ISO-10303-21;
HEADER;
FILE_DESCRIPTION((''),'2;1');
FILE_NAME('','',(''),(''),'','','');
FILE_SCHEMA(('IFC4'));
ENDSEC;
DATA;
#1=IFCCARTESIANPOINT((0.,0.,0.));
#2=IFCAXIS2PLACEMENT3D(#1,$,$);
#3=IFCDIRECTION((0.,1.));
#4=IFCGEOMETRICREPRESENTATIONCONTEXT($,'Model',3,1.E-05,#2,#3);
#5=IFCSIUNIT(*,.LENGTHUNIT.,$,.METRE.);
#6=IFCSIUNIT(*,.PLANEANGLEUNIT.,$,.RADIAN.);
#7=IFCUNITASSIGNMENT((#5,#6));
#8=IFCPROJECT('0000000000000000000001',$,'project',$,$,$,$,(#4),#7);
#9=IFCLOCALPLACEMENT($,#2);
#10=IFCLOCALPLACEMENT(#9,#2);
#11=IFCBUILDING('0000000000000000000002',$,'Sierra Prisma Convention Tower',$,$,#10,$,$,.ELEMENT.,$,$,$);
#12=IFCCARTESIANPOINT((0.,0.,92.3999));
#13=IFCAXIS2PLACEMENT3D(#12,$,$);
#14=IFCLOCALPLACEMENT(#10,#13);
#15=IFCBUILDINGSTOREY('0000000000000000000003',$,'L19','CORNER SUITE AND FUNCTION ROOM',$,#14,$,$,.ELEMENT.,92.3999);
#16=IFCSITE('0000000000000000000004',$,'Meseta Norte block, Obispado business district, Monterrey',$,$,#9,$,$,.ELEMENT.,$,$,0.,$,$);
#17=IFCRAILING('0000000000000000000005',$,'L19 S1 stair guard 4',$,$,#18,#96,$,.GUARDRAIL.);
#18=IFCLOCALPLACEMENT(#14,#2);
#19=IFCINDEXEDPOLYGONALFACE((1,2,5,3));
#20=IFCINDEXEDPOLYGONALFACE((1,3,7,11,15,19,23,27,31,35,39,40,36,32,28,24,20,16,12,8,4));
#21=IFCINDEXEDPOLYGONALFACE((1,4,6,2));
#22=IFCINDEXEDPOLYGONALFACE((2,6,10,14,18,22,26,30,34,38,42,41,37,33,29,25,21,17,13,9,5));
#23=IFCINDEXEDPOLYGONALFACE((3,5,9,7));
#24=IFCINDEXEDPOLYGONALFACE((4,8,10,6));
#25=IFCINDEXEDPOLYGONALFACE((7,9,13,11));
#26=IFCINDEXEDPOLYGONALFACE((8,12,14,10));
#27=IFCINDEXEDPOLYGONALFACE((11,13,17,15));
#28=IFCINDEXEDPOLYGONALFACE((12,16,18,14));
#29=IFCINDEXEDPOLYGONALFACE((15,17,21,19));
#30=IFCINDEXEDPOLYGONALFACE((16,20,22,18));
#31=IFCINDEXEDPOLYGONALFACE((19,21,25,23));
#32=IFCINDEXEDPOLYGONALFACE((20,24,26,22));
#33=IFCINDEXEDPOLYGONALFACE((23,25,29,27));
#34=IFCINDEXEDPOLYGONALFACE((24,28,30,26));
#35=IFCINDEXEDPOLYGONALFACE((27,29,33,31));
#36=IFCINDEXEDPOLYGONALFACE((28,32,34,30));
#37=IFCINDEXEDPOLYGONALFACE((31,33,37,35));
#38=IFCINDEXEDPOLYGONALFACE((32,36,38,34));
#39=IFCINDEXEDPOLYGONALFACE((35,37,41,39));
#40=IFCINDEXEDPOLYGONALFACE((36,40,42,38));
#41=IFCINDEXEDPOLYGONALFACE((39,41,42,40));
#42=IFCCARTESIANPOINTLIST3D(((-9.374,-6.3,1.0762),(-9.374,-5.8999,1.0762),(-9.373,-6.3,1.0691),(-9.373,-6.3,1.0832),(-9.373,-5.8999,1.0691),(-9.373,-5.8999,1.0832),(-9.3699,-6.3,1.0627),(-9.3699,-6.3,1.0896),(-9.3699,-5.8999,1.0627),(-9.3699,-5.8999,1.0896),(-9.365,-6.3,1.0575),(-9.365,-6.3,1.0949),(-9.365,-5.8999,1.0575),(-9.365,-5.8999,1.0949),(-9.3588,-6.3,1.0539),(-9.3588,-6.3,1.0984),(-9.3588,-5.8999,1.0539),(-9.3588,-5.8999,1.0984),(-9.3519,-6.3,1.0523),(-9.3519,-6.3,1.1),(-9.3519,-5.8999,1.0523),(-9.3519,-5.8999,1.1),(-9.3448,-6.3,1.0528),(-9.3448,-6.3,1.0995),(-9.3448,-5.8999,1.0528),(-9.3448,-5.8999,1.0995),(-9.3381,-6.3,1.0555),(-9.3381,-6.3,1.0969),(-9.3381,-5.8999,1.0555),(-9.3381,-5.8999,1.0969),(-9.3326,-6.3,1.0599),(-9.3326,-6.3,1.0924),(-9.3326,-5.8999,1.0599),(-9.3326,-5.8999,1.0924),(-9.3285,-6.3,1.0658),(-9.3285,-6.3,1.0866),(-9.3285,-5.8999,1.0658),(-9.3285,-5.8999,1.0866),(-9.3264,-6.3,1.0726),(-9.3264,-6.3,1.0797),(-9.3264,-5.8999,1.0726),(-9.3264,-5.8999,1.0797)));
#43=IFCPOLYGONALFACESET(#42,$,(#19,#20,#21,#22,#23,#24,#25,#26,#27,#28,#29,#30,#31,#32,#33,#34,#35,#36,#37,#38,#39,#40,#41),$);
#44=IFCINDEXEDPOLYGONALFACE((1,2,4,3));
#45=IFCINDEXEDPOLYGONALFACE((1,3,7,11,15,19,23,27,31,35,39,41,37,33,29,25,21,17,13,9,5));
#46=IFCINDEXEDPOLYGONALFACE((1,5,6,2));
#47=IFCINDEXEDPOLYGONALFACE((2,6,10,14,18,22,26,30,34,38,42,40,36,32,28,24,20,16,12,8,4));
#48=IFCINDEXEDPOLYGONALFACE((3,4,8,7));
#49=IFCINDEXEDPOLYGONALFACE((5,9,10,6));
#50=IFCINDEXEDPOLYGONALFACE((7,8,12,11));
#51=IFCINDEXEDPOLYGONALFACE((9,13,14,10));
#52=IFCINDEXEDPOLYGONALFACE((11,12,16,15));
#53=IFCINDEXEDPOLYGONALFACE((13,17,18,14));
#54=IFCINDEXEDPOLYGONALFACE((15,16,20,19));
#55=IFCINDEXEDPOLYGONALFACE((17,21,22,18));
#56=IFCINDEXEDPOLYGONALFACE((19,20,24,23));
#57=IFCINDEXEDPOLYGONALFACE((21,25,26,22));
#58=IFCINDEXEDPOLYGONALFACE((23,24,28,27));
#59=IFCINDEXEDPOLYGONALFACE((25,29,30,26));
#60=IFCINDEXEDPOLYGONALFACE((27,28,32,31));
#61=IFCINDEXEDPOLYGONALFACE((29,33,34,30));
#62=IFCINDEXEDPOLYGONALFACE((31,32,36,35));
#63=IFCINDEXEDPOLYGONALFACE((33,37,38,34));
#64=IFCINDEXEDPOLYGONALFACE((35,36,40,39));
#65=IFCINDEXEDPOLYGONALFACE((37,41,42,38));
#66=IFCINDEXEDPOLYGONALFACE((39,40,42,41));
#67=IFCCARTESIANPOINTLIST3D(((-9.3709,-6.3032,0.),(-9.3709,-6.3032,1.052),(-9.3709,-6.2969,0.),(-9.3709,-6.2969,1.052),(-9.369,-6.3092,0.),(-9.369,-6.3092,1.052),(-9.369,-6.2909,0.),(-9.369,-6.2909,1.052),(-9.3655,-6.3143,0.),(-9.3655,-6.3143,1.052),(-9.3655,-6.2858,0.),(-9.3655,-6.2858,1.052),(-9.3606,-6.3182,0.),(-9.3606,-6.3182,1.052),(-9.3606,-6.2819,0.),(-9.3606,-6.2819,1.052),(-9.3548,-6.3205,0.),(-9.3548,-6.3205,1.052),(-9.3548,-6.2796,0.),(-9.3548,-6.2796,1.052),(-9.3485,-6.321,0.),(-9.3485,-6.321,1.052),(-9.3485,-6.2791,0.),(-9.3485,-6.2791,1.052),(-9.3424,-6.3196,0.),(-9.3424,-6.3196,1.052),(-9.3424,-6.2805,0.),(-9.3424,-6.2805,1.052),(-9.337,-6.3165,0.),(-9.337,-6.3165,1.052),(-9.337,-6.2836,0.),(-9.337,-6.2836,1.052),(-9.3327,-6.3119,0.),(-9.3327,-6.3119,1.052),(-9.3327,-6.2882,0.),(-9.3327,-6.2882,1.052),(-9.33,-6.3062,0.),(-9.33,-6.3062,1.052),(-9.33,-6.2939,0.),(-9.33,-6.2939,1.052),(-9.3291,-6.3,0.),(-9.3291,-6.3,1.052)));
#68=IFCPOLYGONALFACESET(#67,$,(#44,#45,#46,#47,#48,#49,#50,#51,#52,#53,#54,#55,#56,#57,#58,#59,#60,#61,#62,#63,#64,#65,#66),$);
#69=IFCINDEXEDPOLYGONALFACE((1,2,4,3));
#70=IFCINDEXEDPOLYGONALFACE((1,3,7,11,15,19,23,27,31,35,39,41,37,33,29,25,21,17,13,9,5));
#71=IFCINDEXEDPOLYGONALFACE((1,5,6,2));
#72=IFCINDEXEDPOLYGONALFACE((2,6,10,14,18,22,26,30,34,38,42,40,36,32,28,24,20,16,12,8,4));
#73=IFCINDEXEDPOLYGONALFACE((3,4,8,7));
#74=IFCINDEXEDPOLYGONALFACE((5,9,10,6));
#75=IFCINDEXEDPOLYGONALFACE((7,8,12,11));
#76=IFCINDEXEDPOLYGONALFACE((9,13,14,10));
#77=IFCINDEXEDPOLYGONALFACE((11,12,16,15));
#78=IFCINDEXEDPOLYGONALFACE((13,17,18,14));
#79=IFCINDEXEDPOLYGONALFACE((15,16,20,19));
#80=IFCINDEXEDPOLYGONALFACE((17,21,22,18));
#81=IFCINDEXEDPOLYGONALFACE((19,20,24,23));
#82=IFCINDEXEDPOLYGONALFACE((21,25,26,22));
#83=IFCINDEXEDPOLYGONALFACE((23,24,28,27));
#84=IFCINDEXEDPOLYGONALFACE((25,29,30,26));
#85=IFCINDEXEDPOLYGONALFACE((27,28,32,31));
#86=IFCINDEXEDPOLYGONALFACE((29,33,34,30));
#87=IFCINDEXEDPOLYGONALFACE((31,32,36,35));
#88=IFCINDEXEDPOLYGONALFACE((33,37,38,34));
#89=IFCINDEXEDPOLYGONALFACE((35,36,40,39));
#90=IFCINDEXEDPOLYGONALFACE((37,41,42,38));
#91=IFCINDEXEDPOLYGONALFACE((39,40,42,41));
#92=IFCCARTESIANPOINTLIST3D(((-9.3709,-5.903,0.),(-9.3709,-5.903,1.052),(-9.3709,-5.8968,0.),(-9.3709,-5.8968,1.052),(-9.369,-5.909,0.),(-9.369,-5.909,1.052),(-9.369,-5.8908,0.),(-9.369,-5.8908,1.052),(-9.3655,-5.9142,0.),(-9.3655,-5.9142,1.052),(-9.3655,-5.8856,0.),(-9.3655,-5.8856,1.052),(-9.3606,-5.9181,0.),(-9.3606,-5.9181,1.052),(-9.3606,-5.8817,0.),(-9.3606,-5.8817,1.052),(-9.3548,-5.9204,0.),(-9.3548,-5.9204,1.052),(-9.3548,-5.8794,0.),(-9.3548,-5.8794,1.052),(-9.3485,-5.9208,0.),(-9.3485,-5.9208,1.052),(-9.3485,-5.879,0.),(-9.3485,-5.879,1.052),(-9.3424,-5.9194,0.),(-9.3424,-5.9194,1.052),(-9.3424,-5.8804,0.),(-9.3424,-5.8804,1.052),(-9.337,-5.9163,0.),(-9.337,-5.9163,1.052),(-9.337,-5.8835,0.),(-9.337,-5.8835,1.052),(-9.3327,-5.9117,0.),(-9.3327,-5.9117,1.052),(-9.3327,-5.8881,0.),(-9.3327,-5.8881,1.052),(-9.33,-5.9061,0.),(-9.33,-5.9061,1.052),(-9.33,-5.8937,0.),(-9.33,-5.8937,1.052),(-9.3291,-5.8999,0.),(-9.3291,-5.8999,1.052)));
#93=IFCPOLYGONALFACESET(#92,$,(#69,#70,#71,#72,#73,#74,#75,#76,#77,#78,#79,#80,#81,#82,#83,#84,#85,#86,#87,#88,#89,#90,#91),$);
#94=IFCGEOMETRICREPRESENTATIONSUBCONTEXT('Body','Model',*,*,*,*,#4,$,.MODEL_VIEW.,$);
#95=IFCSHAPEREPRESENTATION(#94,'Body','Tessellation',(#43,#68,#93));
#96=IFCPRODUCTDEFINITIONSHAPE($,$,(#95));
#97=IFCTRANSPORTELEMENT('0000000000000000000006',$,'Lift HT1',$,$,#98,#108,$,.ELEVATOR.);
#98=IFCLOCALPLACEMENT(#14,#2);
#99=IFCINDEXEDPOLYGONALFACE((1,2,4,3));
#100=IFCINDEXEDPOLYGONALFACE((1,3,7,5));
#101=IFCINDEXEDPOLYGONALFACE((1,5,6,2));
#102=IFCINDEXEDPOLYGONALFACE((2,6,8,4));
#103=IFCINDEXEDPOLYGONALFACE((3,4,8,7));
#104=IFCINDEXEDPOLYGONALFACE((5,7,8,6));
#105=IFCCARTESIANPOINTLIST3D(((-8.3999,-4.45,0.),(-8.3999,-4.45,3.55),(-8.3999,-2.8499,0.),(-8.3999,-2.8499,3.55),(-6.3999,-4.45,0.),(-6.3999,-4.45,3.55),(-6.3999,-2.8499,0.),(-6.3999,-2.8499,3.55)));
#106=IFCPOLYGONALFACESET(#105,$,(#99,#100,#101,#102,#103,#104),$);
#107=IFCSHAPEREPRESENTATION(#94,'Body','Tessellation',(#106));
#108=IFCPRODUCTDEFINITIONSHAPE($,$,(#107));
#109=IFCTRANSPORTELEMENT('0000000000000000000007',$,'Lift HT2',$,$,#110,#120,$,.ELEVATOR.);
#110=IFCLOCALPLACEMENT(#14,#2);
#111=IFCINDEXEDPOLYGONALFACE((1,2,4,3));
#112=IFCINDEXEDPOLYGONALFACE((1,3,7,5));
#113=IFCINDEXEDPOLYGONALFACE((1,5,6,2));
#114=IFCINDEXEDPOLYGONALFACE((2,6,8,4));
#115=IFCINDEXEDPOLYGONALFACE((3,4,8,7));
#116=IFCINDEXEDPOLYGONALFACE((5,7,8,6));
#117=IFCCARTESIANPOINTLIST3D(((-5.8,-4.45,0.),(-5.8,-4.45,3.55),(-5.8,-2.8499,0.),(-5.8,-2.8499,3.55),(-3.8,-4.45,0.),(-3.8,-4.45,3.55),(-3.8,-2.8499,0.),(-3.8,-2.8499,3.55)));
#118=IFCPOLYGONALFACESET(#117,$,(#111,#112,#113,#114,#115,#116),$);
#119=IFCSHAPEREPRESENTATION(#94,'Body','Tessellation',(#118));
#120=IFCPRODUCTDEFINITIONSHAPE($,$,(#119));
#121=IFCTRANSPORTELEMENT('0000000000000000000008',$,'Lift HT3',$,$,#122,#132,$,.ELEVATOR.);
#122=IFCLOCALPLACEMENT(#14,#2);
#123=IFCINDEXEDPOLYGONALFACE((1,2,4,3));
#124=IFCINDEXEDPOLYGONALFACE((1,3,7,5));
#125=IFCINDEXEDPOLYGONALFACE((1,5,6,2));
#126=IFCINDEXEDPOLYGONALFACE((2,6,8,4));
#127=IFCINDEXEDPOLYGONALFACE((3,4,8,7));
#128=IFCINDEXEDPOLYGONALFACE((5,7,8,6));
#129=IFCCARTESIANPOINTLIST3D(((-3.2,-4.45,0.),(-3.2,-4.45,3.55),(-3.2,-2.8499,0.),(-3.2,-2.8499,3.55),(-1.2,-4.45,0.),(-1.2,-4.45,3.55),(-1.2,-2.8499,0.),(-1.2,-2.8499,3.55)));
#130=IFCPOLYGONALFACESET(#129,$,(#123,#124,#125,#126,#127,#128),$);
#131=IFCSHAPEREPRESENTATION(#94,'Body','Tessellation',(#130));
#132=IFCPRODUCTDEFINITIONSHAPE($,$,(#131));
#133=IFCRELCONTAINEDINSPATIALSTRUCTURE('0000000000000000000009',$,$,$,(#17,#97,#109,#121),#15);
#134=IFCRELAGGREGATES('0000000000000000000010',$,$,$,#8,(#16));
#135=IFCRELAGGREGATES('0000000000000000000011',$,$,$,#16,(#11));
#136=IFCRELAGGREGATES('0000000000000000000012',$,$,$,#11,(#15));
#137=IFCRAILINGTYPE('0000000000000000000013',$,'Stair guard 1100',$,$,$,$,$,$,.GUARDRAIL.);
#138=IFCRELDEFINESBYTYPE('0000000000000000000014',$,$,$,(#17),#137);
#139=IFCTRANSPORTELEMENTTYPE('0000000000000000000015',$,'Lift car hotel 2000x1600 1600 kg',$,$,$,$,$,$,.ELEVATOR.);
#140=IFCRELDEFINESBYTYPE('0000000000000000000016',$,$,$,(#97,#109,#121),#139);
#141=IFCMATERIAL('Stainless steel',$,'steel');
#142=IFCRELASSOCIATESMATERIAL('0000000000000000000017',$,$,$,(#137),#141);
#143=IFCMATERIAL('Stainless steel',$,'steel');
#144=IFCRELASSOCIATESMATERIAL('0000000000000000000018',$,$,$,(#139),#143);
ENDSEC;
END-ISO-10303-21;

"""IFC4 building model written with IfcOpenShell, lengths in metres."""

from ifc_helpers import new_model, si_unit, direction, frame, origin, origin_2d, place, context, subcontext, project, spatial, rectangle, circle, extrude, material, type_object, element, save


model = new_model("IFC4")

# Units and contexts
model_context = context("Model", 3, precision=1e-05, world=origin(), true_north=direction((0.0, 1.0)))
body_context = subcontext(model_context, "Body", "Model", "MODEL_VIEW")
ifc_project = project(units=[si_unit("LENGTHUNIT", "METRE"), si_unit("PLANEANGLEUNIT", "RADIAN")], contexts=[model_context])

# Site, building, storey
site_placement = place(None, origin())
site = spatial("IfcSite", under=ifc_project, at=site_placement, Name="Meseta Norte block, Obispado business district, Monterrey", CompositionType="ELEMENT", RefElevation=0.0)
building_placement = place(site_placement, origin())
building = spatial("IfcBuilding", under=site, at=building_placement, Name="Sierra Prisma Convention Tower", CompositionType="ELEMENT")
storey_placement = place(building_placement, frame((0.0, 0.0, 92.3999)))
storey = spatial("IfcBuildingStorey", under=building, at=storey_placement, Name="L19", Description="CORNER SUITE AND FUNCTION ROOM", CompositionType="ELEMENT", Elevation=92.3999)

# Railing
ifc_material_1 = material(Name="Stainless steel", Category="steel")
railing_type_1 = type_object("IfcRailingType", Name="Stair guard 1100", PredefinedType="GUARDRAIL", material=ifc_material_1)
railing_1_placement = place(storey_placement, frame((-9.3501, -6.3, 0.0)))
element("IfcRailing", 1, at=railing_1_placement, inside=storey, type_object=railing_type_1, Name="L19 S1 stair guard 4", PredefinedType="GUARDRAIL", context=body_context, shape_type="SweptSolid", body=[
    extrude(circle(Radius=0.0239, at=origin_2d()), frame((0.0, 0.0, 1.0762), z_axis=(0.0, 1.0, 0.0), x_axis=(-1.0, 0.0, 0.0)), (0.0, 0.0, 1.0), 0.4001),
    extrude(circle(Radius=0.021, at=origin_2d()), origin(), (0.0, 0.0, 1.0), 1.052),
    extrude(circle(Radius=0.021, at=origin_2d()), frame((0.0, 0.4001, 0.0)), (0.0, 0.0, 1.0), 1.052),
])

# Transport elements
ifc_material_2 = material(Name="Stainless steel", Category="steel")
transport_element_type = type_object("IfcTransportElementType", Name="Lift car hotel 2000x1600 1600 kg", PredefinedType="ELEVATOR", material=ifc_material_2)
for number, where, z_axis, x_axis, name in (
    (2, (-7.3999, -3.6499, 0.0), (0.0, 0.0, 1.0), (1.0, 0.0, 0.0), "Lift HT1"),
    (3, (-4.8, -3.6499, 0.0), (0.0, 0.0, 1.0), (1.0, 0.0, 0.0), "Lift HT2"),
    (4, (-2.2, -3.6499, 0.0), (0.0, 0.0, 1.0), (1.0, 0.0, 0.0), "Lift HT3"),
):
    element("IfcTransportElement", number, at=place(storey_placement, frame(where, z_axis=z_axis, x_axis=x_axis)), inside=storey, type_object=transport_element_type, Name=name, PredefinedType="ELEVATOR", context=body_context, shape_type="SweptSolid", body=[
        extrude(rectangle(XDim=2.0, YDim=1.6001, at=origin_2d()), origin(), (0.0, 0.0, 1.0), 3.55),
    ])

save(model, "model.ifc")
